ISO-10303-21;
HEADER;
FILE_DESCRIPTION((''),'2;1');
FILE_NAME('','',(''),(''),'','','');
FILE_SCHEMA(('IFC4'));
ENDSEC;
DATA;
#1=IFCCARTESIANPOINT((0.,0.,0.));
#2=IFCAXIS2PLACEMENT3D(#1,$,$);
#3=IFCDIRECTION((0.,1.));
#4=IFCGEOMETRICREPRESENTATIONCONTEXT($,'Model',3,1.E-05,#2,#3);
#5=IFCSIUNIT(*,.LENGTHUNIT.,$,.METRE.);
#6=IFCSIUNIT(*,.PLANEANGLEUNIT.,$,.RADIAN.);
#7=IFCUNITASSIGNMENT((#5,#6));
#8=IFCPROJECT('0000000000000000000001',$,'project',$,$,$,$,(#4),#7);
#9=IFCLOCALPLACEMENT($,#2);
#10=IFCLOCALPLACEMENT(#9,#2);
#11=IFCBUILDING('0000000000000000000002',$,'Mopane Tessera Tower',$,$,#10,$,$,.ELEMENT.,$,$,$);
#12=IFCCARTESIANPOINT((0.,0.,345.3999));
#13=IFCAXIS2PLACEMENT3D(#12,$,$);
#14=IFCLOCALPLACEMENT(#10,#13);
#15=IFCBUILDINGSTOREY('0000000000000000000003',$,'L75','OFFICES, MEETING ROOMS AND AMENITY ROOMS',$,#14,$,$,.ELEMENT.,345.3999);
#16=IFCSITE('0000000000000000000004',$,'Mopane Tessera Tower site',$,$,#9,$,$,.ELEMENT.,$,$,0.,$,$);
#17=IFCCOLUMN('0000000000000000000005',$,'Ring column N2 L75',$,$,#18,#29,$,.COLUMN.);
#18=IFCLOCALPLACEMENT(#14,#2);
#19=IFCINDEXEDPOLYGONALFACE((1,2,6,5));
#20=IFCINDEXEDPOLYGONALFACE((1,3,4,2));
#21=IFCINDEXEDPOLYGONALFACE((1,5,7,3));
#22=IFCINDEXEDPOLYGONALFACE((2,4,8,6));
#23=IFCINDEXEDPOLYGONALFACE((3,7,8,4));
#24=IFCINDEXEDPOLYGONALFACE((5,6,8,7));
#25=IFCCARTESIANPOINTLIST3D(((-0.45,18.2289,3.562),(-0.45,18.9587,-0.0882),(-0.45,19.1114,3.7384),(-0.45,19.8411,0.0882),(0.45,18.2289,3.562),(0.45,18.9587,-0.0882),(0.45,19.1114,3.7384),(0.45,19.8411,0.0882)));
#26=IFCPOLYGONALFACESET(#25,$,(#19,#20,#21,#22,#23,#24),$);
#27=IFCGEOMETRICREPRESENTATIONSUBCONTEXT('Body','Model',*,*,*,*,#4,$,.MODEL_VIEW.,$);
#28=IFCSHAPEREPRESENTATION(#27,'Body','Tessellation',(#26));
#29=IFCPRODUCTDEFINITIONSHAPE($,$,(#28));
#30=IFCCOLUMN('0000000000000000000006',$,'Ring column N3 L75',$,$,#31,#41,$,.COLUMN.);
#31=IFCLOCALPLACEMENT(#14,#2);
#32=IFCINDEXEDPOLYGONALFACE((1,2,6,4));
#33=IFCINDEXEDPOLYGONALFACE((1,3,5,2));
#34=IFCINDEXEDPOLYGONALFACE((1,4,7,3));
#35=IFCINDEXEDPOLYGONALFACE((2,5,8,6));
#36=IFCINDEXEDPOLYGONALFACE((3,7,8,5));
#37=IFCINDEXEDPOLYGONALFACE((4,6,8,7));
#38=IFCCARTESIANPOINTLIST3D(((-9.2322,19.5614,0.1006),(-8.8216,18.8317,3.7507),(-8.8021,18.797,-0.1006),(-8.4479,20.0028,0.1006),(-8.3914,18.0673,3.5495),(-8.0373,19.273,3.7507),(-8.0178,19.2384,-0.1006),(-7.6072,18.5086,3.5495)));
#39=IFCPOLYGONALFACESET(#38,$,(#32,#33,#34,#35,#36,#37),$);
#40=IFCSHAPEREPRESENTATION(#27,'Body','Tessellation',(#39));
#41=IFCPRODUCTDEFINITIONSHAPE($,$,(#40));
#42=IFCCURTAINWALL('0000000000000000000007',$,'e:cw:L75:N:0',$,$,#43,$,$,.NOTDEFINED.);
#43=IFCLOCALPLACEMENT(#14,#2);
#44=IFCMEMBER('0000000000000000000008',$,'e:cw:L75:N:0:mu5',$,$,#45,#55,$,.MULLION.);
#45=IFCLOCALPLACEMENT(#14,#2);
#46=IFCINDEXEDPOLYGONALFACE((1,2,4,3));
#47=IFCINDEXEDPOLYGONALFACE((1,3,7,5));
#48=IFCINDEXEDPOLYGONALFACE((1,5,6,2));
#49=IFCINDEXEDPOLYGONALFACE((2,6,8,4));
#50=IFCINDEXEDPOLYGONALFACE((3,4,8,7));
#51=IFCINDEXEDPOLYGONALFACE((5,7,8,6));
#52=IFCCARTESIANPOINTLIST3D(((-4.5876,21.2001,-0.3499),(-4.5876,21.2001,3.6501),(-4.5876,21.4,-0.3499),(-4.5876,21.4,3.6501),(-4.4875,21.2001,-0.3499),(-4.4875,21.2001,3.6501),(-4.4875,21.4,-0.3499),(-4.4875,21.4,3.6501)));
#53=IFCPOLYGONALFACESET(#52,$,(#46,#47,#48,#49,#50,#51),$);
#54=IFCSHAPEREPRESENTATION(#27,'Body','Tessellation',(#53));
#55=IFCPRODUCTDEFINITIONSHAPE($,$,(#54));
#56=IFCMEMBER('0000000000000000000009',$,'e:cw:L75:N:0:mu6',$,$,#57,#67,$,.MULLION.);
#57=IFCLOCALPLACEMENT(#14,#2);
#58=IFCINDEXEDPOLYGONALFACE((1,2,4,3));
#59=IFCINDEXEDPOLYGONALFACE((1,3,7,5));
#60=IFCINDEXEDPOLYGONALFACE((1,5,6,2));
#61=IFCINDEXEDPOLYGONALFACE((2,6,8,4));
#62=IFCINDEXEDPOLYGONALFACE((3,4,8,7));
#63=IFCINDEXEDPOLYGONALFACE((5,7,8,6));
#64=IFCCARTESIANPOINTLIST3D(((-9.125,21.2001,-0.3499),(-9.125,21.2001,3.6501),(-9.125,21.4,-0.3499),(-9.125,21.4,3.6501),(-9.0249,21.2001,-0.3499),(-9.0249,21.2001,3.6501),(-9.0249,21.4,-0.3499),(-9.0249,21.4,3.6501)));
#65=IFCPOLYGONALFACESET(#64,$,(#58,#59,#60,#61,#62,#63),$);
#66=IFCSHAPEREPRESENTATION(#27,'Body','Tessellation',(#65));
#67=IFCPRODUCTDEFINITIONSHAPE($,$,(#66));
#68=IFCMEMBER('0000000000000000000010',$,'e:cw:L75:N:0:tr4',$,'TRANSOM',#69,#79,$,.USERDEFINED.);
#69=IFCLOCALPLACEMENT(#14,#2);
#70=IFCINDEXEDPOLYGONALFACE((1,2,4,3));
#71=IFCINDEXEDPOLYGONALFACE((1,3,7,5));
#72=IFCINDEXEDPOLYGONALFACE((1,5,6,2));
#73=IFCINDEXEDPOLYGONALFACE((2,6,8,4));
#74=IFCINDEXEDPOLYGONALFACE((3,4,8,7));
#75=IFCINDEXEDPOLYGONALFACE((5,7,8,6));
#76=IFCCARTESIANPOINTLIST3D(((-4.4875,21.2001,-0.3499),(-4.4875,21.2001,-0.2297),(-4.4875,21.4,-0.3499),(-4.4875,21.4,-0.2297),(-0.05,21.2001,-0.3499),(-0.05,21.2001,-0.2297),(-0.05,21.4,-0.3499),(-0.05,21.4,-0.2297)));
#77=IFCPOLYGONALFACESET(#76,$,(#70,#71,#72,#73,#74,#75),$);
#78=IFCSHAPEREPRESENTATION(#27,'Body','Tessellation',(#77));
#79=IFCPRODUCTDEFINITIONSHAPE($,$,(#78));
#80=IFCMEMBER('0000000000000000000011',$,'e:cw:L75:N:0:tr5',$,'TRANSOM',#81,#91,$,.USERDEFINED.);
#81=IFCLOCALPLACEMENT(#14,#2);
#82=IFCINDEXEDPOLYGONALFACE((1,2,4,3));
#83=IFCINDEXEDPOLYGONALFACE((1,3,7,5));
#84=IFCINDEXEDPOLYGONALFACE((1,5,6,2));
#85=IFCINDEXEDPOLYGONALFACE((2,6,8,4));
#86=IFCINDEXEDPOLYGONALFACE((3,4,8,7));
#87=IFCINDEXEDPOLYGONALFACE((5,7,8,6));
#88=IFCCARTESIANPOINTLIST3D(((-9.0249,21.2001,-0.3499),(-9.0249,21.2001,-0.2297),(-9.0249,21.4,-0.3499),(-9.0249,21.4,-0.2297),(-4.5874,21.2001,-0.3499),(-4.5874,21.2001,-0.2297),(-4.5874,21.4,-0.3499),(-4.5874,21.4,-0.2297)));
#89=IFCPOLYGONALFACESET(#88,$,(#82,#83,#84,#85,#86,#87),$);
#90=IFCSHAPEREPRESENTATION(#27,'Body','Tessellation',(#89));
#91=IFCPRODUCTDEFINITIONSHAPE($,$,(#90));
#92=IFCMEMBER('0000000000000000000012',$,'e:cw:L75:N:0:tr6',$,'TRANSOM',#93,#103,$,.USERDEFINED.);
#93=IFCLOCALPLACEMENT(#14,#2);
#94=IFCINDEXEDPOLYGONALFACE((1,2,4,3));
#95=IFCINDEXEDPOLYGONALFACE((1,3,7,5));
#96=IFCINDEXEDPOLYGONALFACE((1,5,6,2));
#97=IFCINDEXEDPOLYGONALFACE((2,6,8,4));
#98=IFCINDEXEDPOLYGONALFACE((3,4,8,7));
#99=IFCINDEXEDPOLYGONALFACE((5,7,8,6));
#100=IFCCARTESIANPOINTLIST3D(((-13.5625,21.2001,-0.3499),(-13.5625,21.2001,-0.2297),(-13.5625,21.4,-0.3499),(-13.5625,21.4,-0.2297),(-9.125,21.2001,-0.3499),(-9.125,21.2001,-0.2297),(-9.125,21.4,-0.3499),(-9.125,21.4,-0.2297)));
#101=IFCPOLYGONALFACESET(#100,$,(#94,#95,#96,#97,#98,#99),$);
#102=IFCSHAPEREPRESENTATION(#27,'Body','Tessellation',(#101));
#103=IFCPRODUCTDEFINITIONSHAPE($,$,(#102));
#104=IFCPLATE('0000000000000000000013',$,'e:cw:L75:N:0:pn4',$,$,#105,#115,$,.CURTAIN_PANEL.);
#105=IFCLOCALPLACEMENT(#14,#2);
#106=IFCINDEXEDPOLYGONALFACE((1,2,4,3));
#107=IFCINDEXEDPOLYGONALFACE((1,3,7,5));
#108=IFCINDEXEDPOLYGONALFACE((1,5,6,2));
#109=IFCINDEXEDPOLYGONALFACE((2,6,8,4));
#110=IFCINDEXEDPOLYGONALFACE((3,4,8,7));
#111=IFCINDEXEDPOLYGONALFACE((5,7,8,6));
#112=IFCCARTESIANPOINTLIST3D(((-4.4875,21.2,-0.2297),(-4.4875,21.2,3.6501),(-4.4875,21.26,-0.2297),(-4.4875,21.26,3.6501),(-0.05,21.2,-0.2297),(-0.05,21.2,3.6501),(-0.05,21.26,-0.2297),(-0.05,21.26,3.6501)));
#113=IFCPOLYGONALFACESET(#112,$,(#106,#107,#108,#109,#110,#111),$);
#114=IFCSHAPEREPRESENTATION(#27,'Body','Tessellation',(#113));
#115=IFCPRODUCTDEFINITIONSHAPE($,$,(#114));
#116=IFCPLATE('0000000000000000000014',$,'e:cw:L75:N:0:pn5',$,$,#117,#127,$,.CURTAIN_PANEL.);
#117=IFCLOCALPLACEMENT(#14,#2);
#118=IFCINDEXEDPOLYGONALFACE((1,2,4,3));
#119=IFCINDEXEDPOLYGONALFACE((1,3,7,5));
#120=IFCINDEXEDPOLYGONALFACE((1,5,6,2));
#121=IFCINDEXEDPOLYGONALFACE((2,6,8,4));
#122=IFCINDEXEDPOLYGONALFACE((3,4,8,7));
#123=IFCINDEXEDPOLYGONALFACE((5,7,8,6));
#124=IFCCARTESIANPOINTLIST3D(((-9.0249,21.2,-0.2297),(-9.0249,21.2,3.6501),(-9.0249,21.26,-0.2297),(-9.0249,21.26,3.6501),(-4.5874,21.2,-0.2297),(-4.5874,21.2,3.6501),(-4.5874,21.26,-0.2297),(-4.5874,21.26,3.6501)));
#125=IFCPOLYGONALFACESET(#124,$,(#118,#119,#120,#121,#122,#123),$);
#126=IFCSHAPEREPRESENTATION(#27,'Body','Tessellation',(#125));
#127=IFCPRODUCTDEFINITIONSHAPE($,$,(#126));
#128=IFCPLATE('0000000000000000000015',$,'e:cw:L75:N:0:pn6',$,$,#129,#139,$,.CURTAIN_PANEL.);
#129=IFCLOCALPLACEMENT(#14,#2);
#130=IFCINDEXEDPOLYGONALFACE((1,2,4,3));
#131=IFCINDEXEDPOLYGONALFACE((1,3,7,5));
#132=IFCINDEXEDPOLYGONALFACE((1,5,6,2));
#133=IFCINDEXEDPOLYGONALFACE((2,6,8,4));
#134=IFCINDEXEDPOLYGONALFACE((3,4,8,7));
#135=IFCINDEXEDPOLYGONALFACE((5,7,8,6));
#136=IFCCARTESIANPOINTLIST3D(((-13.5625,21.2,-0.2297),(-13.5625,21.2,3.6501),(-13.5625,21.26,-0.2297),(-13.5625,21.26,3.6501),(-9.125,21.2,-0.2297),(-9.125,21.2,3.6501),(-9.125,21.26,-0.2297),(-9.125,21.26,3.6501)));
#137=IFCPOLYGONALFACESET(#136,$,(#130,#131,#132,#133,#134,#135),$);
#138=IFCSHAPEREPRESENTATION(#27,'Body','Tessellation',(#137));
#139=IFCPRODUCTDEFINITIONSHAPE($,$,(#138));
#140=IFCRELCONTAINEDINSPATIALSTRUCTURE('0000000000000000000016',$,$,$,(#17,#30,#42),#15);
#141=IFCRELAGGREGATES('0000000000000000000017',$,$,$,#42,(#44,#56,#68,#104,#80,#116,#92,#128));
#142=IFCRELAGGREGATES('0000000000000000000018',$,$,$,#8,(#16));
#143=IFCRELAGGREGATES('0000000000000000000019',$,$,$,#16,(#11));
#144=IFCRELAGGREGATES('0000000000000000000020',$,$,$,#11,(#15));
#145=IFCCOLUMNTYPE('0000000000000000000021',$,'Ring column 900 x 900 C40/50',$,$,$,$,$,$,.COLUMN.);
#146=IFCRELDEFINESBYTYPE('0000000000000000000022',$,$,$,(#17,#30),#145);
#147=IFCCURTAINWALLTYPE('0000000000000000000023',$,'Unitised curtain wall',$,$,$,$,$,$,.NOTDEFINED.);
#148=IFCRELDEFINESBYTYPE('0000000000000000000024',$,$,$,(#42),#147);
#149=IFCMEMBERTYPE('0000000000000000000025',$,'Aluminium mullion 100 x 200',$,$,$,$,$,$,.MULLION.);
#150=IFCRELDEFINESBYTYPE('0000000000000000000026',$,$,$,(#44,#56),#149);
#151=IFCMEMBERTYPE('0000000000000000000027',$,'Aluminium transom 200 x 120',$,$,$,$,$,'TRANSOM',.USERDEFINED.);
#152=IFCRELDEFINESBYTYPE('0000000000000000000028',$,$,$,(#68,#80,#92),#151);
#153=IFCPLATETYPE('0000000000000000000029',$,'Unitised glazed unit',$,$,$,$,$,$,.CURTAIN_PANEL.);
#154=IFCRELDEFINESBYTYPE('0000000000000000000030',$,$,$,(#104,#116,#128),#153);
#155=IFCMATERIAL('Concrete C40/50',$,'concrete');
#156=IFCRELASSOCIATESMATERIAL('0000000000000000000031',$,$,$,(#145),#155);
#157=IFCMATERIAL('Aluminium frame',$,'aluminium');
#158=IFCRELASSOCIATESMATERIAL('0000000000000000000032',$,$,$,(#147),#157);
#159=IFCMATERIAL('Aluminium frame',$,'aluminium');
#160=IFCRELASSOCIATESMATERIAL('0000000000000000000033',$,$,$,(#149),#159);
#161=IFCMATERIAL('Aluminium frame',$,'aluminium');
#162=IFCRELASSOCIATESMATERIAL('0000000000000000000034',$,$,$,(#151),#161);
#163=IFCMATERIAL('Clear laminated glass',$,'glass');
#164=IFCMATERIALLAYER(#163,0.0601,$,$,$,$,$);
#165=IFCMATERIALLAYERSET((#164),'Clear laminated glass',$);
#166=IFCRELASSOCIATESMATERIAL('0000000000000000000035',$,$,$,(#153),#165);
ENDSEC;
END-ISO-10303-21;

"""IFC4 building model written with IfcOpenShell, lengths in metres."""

from ifc_helpers import new_model, si_unit, direction, frame, origin, origin_2d, place, context, subcontext, project, spatial, rectangle, extrude, material, layer, layer_set, material_profile, profile_set, type_object, element, aggregate, save


model = new_model("IFC4")

# Units and contexts
model_context = context("Model", 3, precision=1e-05, world=origin(), true_north=direction((0.0, 1.0)))
body_context = subcontext(model_context, "Body", "Model", "MODEL_VIEW")
ifc_project = project(units=[si_unit("LENGTHUNIT", "METRE"), si_unit("PLANEANGLEUNIT", "RADIAN")], contexts=[model_context])

# Site, building, storey
site_placement = place(None, origin())
site = spatial("IfcSite", under=ifc_project, at=site_placement, Name="Mopane Tessera Tower site", CompositionType="ELEMENT", RefElevation=0.0)
building_placement = place(site_placement, origin())
building = spatial("IfcBuilding", under=site, at=building_placement, Name="Mopane Tessera Tower", CompositionType="ELEMENT")
storey_placement = place(building_placement, frame((0.0, 0.0, 345.3999)))
storey = spatial("IfcBuildingStorey", under=building, at=storey_placement, Name="L75", Description="OFFICES, MEETING ROOMS AND AMENITY ROOMS", CompositionType="ELEMENT", Elevation=345.3999)

# Columns
ifc_material_1 = material(Name="Concrete C40/50", Category="concrete")
ifc_material_profile_1 = material_profile(ifc_material_1, rectangle(XDim=0.8999, YDim=0.8999, at=origin_2d()))
ifc_profile_set_1 = profile_set([ifc_material_profile_1], Name="Concrete C40/50")
column_type = type_object("IfcColumnType", Name="Ring column 900 x 900 C40/50", PredefinedType="COLUMN", material=ifc_profile_set_1)
column_1_placement = place(storey_placement, frame((0.0, 19.3999, 0.0), z_axis=(0.0, -0.19604, 0.980596), x_axis=(1.0, 0.0, 0.0)))
element("IfcColumn", 1, at=column_1_placement, inside=storey, type_object=column_type, Name="Ring column N2 L75", PredefinedType="COLUMN", context=body_context, shape_type="SweptSolid", body=[
    extrude(rectangle(XDim=0.8999, YDim=0.8999, at=origin_2d()), origin(), (0.0, 0.0, 1.0), 3.7224),
])
column_2_placement = place(storey_placement, frame((-8.625, 19.3999, 0.0), z_axis=(0.109653, -0.194858, 0.974683), x_axis=(0.87149, 0.490414, 0.0)))
element("IfcColumn", 2, at=column_2_placement, inside=storey, type_object=column_type, Name="Ring column N3 L75", PredefinedType="COLUMN", context=body_context, shape_type="SweptSolid", body=[
    extrude(rectangle(XDim=0.8999, YDim=0.8999, at=origin_2d()), origin(), (0.0, 0.0, 1.0), 3.7449),
])

# Curtain wall, members, plates
ifc_material_2 = material(Name="Aluminium frame", Category="aluminium")
curtain_wall_type = type_object("IfcCurtainWallType", Name="Unitised curtain wall", PredefinedType="NOTDEFINED", material=ifc_material_2)
curtain_wall_placement = place(storey_placement, origin())
curtain_wall = element("IfcCurtainWall", 3, at=curtain_wall_placement, inside=storey, type_object=curtain_wall_type, Name="e:cw:L75:N:0", PredefinedType="NOTDEFINED")
ifc_material_3 = material(Name="Aluminium frame", Category="aluminium")
ifc_material_profile_2 = material_profile(ifc_material_3, rectangle(XDim=0.1001, YDim=0.2, at=origin_2d()))
ifc_profile_set_2 = profile_set([ifc_material_profile_2], Name="Aluminium frame")
member_type_1 = type_object("IfcMemberType", Name="Aluminium mullion 100 x 200", PredefinedType="MULLION", material=ifc_profile_set_2)
member_1_placement = place(storey_placement, frame((-4.5376, 21.3, -0.3499), z_axis=(0.0, 0.0, 1.0), x_axis=(-1.0, 0.0, 0.0)))
member_1 = element("IfcMember", 4, at=member_1_placement, type_object=member_type_1, Name="e:cw:L75:N:0:mu5", PredefinedType="MULLION", context=body_context, shape_type="SweptSolid", body=[
    extrude(rectangle(XDim=0.1001, YDim=0.2, at=origin_2d()), origin(), (0.0, 0.0, 1.0), 4.0),
])
member_2_placement = place(storey_placement, frame((-9.075, 21.3, -0.3499), z_axis=(0.0, 0.0, 1.0), x_axis=(-1.0, 0.0, 0.0)))
member_2 = element("IfcMember", 5, at=member_2_placement, type_object=member_type_1, Name="e:cw:L75:N:0:mu6", PredefinedType="MULLION", context=body_context, shape_type="SweptSolid", body=[
    extrude(rectangle(XDim=0.1001, YDim=0.2, at=origin_2d()), origin(), (0.0, 0.0, 1.0), 4.0),
])
ifc_material_4 = material(Name="Aluminium frame", Category="aluminium")
ifc_material_profile_3 = material_profile(ifc_material_4, rectangle(XDim=0.2, YDim=0.1201, at=origin_2d()))
ifc_profile_set_3 = profile_set([ifc_material_profile_3], Name="Aluminium frame")
member_type_2 = type_object("IfcMemberType", Name="Aluminium transom 200 x 120", ElementType="TRANSOM", PredefinedType="USERDEFINED", material=ifc_profile_set_3)
member_3_placement = place(storey_placement, frame((-0.05, 21.3, -0.2898), z_axis=(-1.0, 0.0, 0.0), x_axis=(0.0, -1.0, 0.0)))
member_3 = element("IfcMember", 6, at=member_3_placement, type_object=member_type_2, Name="e:cw:L75:N:0:tr4", ObjectType="TRANSOM", PredefinedType="USERDEFINED", context=body_context, shape_type="SweptSolid", body=[
    extrude(rectangle(XDim=0.2, YDim=0.1201, at=origin_2d()), origin(), (0.0, 0.0, 1.0), 4.4375),
])
member_4_placement = place(storey_placement, frame((-4.5874, 21.3, -0.2898), z_axis=(-1.0, 0.0, 0.0), x_axis=(0.0, -1.0, 0.0)))
member_4 = element("IfcMember", 7, at=member_4_placement, type_object=member_type_2, Name="e:cw:L75:N:0:tr5", ObjectType="TRANSOM", PredefinedType="USERDEFINED", context=body_context, shape_type="SweptSolid", body=[
    extrude(rectangle(XDim=0.2, YDim=0.1201, at=origin_2d()), origin(), (0.0, 0.0, 1.0), 4.4375),
])
member_5_placement = place(storey_placement, frame((-9.125, 21.3, -0.2898), z_axis=(-1.0, 0.0, 0.0), x_axis=(0.0, -1.0, 0.0)))
member_5 = element("IfcMember", 8, at=member_5_placement, type_object=member_type_2, Name="e:cw:L75:N:0:tr6", ObjectType="TRANSOM", PredefinedType="USERDEFINED", context=body_context, shape_type="SweptSolid", body=[
    extrude(rectangle(XDim=0.2, YDim=0.1201, at=origin_2d()), origin(), (0.0, 0.0, 1.0), 4.4375),
])
ifc_material_5 = material(Name="Clear laminated glass", Category="glass")
ifc_layer_1 = layer(ifc_material_5, 0.0601)
ifc_layer_set_1 = layer_set([ifc_layer_1], Name="Clear laminated glass")
plate_type = type_object("IfcPlateType", Name="Unitised glazed unit", PredefinedType="CURTAIN_PANEL", material=ifc_layer_set_1)
plate_1_placement = place(storey_placement, frame((-2.2688, 21.23, -0.2297), z_axis=(0.0, 0.0, 1.0), x_axis=(-1.0, 0.0, 0.0)))
plate_1 = element("IfcPlate", 9, at=plate_1_placement, type_object=plate_type, Name="e:cw:L75:N:0:pn4", PredefinedType="CURTAIN_PANEL", context=body_context, shape_type="SweptSolid", body=[
    extrude(rectangle(XDim=4.4375, YDim=0.0601, at=origin_2d()), origin(), (0.0, 0.0, 1.0), 3.8799),
])
plate_2_placement = place(storey_placement, frame((-6.8062, 21.23, -0.2297), z_axis=(0.0, 0.0, 1.0), x_axis=(-1.0, 0.0, 0.0)))
plate_2 = element("IfcPlate", 10, at=plate_2_placement, type_object=plate_type, Name="e:cw:L75:N:0:pn5", PredefinedType="CURTAIN_PANEL", context=body_context, shape_type="SweptSolid", body=[
    extrude(rectangle(XDim=4.4375, YDim=0.0601, at=origin_2d()), origin(), (0.0, 0.0, 1.0), 3.8799),
])
plate_3_placement = place(storey_placement, frame((-11.3438, 21.23, -0.2297), z_axis=(0.0, 0.0, 1.0), x_axis=(-1.0, 0.0, 0.0)))
plate_3 = element("IfcPlate", 11, at=plate_3_placement, type_object=plate_type, Name="e:cw:L75:N:0:pn6", PredefinedType="CURTAIN_PANEL", context=body_context, shape_type="SweptSolid", body=[
    extrude(rectangle(XDim=4.4375, YDim=0.0601, at=origin_2d()), origin(), (0.0, 0.0, 1.0), 3.8799),
])
aggregate(curtain_wall, [member_1, member_2, member_3, plate_1, member_4, plate_2, member_5, plate_3])

save(model, "model.ifc")
